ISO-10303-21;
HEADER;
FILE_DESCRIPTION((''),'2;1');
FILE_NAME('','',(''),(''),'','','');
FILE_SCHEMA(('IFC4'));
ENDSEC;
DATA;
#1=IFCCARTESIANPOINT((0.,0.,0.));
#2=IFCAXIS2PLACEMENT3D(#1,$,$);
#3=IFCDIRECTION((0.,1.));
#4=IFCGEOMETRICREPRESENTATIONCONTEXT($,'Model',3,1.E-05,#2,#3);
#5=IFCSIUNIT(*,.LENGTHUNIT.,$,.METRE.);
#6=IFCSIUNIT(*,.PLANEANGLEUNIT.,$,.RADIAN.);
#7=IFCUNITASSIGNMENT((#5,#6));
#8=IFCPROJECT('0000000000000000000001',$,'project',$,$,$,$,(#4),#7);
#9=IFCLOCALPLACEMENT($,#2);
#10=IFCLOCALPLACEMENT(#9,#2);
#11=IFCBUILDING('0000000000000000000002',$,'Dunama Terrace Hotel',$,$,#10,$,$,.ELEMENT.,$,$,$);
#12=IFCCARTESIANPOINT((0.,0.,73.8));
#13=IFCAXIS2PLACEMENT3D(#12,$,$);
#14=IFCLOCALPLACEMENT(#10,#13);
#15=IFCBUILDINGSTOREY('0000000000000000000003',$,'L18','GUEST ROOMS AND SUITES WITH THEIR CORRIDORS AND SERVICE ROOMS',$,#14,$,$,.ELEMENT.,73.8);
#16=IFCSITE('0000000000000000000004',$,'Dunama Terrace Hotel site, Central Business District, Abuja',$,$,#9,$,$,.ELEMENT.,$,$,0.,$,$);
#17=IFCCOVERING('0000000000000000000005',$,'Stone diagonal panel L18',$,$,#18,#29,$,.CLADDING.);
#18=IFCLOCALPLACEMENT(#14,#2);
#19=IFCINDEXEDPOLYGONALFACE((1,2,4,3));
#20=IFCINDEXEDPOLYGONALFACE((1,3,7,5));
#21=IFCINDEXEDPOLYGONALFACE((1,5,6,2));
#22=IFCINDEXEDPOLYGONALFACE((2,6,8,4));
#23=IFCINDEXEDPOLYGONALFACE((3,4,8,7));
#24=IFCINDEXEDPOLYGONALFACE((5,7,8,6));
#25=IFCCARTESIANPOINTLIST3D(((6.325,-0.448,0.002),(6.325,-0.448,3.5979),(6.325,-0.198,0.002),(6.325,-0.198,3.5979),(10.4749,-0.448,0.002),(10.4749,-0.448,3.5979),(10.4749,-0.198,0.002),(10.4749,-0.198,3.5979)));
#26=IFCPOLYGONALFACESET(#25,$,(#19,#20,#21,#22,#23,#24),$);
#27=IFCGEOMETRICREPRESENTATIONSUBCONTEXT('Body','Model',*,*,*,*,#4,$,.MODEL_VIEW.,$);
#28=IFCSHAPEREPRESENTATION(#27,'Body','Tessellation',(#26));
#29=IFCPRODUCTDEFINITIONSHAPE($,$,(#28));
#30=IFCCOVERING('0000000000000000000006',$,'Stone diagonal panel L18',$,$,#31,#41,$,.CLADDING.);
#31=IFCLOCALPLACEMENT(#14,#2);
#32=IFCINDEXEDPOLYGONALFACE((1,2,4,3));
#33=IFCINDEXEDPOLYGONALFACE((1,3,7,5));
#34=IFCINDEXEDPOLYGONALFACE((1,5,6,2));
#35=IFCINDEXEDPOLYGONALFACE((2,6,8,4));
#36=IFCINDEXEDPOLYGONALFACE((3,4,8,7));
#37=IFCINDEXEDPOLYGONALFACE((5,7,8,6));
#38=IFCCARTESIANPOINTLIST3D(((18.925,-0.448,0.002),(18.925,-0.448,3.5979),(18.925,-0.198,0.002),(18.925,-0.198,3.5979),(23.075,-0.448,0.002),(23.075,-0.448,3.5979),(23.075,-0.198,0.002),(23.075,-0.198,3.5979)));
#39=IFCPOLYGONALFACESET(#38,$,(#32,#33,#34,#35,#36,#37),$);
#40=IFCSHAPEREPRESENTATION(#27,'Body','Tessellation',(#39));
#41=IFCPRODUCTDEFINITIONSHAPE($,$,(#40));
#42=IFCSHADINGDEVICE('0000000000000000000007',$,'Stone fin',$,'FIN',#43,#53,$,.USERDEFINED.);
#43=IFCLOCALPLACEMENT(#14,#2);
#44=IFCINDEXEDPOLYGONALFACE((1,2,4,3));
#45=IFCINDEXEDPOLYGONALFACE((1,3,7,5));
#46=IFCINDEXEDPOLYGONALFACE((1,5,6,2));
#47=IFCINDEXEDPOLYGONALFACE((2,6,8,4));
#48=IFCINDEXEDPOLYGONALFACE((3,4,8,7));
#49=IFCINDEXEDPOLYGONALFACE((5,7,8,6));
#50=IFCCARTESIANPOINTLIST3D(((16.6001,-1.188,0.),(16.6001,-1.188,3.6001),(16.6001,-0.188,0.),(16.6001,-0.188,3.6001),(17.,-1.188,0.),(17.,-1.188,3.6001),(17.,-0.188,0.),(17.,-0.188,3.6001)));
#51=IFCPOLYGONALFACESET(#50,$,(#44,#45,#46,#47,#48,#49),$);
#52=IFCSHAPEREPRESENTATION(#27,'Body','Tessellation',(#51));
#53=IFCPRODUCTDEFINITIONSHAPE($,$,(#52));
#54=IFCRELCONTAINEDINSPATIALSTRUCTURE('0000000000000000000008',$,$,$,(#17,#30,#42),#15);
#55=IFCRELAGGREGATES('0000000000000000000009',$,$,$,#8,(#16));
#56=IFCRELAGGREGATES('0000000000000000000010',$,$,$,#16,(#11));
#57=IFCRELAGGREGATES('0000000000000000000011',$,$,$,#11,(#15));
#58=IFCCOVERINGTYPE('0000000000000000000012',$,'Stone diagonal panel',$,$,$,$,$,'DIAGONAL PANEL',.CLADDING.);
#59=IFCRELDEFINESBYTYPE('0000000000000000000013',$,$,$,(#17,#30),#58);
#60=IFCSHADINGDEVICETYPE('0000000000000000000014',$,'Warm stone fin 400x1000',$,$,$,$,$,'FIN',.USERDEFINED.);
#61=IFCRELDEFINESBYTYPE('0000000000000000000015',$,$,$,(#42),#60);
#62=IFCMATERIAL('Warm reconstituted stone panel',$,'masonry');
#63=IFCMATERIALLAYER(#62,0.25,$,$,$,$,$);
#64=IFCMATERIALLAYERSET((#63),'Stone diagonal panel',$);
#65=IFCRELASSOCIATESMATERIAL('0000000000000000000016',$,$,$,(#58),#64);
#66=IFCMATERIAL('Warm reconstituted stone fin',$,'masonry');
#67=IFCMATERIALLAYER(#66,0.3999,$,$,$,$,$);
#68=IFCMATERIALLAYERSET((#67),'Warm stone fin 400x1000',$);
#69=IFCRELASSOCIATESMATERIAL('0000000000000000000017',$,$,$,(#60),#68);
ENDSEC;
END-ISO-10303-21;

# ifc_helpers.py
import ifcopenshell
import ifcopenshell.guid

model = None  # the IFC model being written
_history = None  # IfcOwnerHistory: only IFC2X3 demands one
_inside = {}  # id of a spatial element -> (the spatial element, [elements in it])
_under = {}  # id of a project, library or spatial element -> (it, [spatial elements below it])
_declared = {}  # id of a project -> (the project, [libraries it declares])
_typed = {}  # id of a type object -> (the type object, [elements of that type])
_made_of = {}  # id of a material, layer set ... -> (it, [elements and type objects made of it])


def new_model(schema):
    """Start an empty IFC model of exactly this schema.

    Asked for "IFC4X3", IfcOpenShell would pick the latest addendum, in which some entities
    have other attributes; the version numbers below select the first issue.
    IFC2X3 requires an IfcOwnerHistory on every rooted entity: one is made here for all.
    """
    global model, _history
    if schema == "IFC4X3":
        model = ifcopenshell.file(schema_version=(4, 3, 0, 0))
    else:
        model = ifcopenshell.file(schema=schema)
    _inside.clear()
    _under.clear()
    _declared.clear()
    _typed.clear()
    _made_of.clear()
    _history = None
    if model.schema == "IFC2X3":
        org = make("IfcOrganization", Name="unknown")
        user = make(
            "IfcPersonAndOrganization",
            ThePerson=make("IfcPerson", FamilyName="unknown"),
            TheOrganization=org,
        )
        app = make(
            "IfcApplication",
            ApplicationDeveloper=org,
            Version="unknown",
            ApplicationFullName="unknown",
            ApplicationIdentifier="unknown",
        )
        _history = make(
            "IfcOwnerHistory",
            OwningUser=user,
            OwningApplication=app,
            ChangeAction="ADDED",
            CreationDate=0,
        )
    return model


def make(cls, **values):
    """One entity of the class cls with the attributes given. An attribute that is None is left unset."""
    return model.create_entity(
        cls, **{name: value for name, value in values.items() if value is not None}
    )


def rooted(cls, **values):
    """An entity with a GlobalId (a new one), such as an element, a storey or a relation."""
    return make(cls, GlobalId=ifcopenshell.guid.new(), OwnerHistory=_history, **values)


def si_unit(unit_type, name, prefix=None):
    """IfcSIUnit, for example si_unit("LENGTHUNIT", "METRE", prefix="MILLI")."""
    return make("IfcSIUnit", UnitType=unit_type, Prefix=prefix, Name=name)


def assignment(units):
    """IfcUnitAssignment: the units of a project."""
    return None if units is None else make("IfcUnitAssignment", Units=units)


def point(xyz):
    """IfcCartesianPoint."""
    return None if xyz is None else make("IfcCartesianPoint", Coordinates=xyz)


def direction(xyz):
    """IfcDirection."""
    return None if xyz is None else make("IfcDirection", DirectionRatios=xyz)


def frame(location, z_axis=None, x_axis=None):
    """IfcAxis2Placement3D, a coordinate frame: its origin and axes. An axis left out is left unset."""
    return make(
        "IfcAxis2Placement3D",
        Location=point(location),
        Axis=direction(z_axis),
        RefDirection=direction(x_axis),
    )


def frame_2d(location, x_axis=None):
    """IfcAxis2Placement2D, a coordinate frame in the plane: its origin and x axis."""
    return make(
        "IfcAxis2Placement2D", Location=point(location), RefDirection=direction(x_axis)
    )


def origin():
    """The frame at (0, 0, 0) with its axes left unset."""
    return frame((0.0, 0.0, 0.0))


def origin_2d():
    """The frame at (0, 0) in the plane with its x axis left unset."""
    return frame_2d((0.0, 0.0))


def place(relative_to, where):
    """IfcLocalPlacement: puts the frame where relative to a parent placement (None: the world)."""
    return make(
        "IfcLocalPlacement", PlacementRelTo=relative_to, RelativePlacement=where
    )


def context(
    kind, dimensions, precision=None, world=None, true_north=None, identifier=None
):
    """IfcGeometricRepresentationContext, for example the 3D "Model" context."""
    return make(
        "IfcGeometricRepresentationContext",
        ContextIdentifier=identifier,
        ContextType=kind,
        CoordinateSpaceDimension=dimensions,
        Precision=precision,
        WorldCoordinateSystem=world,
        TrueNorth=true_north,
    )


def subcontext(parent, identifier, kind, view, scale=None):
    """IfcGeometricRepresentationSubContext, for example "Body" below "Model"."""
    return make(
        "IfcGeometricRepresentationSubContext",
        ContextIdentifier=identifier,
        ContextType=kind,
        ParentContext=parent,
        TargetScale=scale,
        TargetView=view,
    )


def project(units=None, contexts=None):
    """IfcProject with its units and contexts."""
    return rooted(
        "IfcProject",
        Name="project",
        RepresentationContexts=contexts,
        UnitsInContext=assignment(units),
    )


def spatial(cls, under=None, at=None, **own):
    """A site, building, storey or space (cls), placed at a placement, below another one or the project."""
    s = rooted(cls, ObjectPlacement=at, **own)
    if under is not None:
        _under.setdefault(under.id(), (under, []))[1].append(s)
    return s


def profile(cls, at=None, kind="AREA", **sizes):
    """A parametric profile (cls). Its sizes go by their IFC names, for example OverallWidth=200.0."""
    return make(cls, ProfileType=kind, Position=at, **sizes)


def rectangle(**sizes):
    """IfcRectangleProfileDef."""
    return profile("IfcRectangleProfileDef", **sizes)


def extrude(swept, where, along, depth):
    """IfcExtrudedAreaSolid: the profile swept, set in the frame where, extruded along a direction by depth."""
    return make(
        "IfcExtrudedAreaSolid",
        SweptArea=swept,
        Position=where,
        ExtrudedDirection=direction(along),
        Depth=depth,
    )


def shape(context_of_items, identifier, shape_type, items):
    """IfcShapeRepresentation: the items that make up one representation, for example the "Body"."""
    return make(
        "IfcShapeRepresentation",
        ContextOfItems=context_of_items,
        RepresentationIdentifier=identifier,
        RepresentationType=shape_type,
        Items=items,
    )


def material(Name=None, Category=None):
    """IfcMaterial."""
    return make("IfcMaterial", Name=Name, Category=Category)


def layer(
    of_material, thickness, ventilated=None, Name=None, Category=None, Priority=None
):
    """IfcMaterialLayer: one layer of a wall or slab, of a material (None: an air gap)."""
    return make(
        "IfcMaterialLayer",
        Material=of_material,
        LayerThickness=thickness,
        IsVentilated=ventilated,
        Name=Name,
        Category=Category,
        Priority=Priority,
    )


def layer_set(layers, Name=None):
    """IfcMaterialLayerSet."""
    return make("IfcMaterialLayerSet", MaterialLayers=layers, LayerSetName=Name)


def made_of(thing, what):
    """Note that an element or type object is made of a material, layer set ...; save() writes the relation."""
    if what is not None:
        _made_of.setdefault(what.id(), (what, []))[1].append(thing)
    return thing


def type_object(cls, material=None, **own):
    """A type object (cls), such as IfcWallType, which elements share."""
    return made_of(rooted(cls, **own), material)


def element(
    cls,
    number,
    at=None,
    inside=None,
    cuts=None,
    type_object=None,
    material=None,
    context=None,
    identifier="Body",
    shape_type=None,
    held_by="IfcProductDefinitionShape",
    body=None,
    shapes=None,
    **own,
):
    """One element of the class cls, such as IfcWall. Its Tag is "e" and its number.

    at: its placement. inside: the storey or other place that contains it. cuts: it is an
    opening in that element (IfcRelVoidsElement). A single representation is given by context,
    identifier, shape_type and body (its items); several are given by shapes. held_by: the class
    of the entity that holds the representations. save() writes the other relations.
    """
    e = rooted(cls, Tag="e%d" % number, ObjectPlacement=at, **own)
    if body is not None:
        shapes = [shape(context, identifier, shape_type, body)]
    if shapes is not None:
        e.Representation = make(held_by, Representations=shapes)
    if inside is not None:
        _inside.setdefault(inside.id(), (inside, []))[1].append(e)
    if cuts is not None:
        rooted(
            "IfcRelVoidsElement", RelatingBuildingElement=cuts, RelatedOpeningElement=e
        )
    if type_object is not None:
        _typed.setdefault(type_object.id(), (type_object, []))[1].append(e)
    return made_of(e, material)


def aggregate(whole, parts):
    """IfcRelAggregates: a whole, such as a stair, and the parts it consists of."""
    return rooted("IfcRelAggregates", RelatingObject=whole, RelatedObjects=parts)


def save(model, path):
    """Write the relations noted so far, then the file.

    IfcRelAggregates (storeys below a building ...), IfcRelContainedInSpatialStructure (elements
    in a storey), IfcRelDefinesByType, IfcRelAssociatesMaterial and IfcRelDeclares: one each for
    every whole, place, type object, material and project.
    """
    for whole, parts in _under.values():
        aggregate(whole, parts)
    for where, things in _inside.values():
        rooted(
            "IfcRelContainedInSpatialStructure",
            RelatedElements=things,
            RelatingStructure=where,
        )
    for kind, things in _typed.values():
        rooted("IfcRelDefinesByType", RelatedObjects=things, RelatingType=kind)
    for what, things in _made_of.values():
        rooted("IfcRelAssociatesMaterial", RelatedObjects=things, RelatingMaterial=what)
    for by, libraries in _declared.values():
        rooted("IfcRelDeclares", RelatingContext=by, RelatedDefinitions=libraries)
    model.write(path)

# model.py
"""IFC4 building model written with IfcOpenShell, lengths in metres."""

from ifc_helpers import new_model, si_unit, direction, frame, origin, origin_2d, place, context, subcontext, project, spatial, rectangle, extrude, material, layer, layer_set, type_object, element, save


model = new_model("IFC4")

# Units and contexts
model_context = context("Model", 3, precision=1e-05, world=origin(), true_north=direction((0.0, 1.0)))
body_context = subcontext(model_context, "Body", "Model", "MODEL_VIEW")
ifc_project = project(units=[si_unit("LENGTHUNIT", "METRE"), si_unit("PLANEANGLEUNIT", "RADIAN")], contexts=[model_context])

# Site, building, storey
site_placement = place(None, origin())
site = spatial("IfcSite", under=ifc_project, at=site_placement, Name="Dunama Terrace Hotel site, Central Business District, Abuja", CompositionType="ELEMENT", RefElevation=0.0)
building_placement = place(site_placement, origin())
building = spatial("IfcBuilding", under=site, at=building_placement, Name="Dunama Terrace Hotel", CompositionType="ELEMENT")
storey_placement = place(building_placement, frame((0.0, 0.0, 73.8)))
storey = spatial("IfcBuildingStorey", under=building, at=storey_placement, Name="L18", Description="GUEST ROOMS AND SUITES WITH THEIR CORRIDORS AND SERVICE ROOMS", CompositionType="ELEMENT", Elevation=73.8)

# Coverings
ifc_material_1 = material(Name="Warm reconstituted stone panel", Category="masonry")
ifc_layer_1 = layer(ifc_material_1, 0.25)
ifc_layer_set_1 = layer_set([ifc_layer_1], Name="Stone diagonal panel")
covering_type = type_object("IfcCoveringType", Name="Stone diagonal panel", ElementType="DIAGONAL PANEL", PredefinedType="CLADDING", material=ifc_layer_set_1)
for number, where, z_axis, x_axis, name in (
    (1, (8.3999, -0.323, 0.002), (0.0, 0.0, 1.0), (1.0, 0.0, 0.0), "Stone diagonal panel L18"),
    (2, (21.0, -0.323, 0.002), (0.0, 0.0, 1.0), (1.0, 0.0, 0.0), "Stone diagonal panel L18"),
):
    element("IfcCovering", number, at=place(storey_placement, frame(where, z_axis=z_axis, x_axis=x_axis)), inside=storey, type_object=covering_type, Name=name, PredefinedType="CLADDING", context=body_context, shape_type="SweptSolid", body=[
        extrude(rectangle(XDim=4.1499, YDim=0.25, at=origin_2d()), origin(), (0.0, 0.0, 1.0), 3.5959),
    ])

# Shading device
ifc_material_2 = material(Name="Warm reconstituted stone fin", Category="masonry")
ifc_layer_2 = layer(ifc_material_2, 0.3999)
ifc_layer_set_2 = layer_set([ifc_layer_2], Name="Warm stone fin 400x1000")
shading_device_type = type_object("IfcShadingDeviceType", Name="Warm stone fin 400x1000", ElementType="FIN", PredefinedType="USERDEFINED", material=ifc_layer_set_2)
shading_device_placement = place(storey_placement, frame((16.8, -0.688, 0.0), z_axis=(0.0, 0.0, 1.0), x_axis=(1.0, 0.0, 0.0)))
element("IfcShadingDevice", 3, at=shading_device_placement, inside=storey, type_object=shading_device_type, Name="Stone fin", ObjectType="FIN", PredefinedType="USERDEFINED", context=body_context, shape_type="SweptSolid", body=[
    extrude(rectangle(XDim=0.3999, YDim=1.0, at=origin_2d()), origin(), (0.0, 0.0, 1.0), 3.6001),
])

save(model, "model.ifc")
